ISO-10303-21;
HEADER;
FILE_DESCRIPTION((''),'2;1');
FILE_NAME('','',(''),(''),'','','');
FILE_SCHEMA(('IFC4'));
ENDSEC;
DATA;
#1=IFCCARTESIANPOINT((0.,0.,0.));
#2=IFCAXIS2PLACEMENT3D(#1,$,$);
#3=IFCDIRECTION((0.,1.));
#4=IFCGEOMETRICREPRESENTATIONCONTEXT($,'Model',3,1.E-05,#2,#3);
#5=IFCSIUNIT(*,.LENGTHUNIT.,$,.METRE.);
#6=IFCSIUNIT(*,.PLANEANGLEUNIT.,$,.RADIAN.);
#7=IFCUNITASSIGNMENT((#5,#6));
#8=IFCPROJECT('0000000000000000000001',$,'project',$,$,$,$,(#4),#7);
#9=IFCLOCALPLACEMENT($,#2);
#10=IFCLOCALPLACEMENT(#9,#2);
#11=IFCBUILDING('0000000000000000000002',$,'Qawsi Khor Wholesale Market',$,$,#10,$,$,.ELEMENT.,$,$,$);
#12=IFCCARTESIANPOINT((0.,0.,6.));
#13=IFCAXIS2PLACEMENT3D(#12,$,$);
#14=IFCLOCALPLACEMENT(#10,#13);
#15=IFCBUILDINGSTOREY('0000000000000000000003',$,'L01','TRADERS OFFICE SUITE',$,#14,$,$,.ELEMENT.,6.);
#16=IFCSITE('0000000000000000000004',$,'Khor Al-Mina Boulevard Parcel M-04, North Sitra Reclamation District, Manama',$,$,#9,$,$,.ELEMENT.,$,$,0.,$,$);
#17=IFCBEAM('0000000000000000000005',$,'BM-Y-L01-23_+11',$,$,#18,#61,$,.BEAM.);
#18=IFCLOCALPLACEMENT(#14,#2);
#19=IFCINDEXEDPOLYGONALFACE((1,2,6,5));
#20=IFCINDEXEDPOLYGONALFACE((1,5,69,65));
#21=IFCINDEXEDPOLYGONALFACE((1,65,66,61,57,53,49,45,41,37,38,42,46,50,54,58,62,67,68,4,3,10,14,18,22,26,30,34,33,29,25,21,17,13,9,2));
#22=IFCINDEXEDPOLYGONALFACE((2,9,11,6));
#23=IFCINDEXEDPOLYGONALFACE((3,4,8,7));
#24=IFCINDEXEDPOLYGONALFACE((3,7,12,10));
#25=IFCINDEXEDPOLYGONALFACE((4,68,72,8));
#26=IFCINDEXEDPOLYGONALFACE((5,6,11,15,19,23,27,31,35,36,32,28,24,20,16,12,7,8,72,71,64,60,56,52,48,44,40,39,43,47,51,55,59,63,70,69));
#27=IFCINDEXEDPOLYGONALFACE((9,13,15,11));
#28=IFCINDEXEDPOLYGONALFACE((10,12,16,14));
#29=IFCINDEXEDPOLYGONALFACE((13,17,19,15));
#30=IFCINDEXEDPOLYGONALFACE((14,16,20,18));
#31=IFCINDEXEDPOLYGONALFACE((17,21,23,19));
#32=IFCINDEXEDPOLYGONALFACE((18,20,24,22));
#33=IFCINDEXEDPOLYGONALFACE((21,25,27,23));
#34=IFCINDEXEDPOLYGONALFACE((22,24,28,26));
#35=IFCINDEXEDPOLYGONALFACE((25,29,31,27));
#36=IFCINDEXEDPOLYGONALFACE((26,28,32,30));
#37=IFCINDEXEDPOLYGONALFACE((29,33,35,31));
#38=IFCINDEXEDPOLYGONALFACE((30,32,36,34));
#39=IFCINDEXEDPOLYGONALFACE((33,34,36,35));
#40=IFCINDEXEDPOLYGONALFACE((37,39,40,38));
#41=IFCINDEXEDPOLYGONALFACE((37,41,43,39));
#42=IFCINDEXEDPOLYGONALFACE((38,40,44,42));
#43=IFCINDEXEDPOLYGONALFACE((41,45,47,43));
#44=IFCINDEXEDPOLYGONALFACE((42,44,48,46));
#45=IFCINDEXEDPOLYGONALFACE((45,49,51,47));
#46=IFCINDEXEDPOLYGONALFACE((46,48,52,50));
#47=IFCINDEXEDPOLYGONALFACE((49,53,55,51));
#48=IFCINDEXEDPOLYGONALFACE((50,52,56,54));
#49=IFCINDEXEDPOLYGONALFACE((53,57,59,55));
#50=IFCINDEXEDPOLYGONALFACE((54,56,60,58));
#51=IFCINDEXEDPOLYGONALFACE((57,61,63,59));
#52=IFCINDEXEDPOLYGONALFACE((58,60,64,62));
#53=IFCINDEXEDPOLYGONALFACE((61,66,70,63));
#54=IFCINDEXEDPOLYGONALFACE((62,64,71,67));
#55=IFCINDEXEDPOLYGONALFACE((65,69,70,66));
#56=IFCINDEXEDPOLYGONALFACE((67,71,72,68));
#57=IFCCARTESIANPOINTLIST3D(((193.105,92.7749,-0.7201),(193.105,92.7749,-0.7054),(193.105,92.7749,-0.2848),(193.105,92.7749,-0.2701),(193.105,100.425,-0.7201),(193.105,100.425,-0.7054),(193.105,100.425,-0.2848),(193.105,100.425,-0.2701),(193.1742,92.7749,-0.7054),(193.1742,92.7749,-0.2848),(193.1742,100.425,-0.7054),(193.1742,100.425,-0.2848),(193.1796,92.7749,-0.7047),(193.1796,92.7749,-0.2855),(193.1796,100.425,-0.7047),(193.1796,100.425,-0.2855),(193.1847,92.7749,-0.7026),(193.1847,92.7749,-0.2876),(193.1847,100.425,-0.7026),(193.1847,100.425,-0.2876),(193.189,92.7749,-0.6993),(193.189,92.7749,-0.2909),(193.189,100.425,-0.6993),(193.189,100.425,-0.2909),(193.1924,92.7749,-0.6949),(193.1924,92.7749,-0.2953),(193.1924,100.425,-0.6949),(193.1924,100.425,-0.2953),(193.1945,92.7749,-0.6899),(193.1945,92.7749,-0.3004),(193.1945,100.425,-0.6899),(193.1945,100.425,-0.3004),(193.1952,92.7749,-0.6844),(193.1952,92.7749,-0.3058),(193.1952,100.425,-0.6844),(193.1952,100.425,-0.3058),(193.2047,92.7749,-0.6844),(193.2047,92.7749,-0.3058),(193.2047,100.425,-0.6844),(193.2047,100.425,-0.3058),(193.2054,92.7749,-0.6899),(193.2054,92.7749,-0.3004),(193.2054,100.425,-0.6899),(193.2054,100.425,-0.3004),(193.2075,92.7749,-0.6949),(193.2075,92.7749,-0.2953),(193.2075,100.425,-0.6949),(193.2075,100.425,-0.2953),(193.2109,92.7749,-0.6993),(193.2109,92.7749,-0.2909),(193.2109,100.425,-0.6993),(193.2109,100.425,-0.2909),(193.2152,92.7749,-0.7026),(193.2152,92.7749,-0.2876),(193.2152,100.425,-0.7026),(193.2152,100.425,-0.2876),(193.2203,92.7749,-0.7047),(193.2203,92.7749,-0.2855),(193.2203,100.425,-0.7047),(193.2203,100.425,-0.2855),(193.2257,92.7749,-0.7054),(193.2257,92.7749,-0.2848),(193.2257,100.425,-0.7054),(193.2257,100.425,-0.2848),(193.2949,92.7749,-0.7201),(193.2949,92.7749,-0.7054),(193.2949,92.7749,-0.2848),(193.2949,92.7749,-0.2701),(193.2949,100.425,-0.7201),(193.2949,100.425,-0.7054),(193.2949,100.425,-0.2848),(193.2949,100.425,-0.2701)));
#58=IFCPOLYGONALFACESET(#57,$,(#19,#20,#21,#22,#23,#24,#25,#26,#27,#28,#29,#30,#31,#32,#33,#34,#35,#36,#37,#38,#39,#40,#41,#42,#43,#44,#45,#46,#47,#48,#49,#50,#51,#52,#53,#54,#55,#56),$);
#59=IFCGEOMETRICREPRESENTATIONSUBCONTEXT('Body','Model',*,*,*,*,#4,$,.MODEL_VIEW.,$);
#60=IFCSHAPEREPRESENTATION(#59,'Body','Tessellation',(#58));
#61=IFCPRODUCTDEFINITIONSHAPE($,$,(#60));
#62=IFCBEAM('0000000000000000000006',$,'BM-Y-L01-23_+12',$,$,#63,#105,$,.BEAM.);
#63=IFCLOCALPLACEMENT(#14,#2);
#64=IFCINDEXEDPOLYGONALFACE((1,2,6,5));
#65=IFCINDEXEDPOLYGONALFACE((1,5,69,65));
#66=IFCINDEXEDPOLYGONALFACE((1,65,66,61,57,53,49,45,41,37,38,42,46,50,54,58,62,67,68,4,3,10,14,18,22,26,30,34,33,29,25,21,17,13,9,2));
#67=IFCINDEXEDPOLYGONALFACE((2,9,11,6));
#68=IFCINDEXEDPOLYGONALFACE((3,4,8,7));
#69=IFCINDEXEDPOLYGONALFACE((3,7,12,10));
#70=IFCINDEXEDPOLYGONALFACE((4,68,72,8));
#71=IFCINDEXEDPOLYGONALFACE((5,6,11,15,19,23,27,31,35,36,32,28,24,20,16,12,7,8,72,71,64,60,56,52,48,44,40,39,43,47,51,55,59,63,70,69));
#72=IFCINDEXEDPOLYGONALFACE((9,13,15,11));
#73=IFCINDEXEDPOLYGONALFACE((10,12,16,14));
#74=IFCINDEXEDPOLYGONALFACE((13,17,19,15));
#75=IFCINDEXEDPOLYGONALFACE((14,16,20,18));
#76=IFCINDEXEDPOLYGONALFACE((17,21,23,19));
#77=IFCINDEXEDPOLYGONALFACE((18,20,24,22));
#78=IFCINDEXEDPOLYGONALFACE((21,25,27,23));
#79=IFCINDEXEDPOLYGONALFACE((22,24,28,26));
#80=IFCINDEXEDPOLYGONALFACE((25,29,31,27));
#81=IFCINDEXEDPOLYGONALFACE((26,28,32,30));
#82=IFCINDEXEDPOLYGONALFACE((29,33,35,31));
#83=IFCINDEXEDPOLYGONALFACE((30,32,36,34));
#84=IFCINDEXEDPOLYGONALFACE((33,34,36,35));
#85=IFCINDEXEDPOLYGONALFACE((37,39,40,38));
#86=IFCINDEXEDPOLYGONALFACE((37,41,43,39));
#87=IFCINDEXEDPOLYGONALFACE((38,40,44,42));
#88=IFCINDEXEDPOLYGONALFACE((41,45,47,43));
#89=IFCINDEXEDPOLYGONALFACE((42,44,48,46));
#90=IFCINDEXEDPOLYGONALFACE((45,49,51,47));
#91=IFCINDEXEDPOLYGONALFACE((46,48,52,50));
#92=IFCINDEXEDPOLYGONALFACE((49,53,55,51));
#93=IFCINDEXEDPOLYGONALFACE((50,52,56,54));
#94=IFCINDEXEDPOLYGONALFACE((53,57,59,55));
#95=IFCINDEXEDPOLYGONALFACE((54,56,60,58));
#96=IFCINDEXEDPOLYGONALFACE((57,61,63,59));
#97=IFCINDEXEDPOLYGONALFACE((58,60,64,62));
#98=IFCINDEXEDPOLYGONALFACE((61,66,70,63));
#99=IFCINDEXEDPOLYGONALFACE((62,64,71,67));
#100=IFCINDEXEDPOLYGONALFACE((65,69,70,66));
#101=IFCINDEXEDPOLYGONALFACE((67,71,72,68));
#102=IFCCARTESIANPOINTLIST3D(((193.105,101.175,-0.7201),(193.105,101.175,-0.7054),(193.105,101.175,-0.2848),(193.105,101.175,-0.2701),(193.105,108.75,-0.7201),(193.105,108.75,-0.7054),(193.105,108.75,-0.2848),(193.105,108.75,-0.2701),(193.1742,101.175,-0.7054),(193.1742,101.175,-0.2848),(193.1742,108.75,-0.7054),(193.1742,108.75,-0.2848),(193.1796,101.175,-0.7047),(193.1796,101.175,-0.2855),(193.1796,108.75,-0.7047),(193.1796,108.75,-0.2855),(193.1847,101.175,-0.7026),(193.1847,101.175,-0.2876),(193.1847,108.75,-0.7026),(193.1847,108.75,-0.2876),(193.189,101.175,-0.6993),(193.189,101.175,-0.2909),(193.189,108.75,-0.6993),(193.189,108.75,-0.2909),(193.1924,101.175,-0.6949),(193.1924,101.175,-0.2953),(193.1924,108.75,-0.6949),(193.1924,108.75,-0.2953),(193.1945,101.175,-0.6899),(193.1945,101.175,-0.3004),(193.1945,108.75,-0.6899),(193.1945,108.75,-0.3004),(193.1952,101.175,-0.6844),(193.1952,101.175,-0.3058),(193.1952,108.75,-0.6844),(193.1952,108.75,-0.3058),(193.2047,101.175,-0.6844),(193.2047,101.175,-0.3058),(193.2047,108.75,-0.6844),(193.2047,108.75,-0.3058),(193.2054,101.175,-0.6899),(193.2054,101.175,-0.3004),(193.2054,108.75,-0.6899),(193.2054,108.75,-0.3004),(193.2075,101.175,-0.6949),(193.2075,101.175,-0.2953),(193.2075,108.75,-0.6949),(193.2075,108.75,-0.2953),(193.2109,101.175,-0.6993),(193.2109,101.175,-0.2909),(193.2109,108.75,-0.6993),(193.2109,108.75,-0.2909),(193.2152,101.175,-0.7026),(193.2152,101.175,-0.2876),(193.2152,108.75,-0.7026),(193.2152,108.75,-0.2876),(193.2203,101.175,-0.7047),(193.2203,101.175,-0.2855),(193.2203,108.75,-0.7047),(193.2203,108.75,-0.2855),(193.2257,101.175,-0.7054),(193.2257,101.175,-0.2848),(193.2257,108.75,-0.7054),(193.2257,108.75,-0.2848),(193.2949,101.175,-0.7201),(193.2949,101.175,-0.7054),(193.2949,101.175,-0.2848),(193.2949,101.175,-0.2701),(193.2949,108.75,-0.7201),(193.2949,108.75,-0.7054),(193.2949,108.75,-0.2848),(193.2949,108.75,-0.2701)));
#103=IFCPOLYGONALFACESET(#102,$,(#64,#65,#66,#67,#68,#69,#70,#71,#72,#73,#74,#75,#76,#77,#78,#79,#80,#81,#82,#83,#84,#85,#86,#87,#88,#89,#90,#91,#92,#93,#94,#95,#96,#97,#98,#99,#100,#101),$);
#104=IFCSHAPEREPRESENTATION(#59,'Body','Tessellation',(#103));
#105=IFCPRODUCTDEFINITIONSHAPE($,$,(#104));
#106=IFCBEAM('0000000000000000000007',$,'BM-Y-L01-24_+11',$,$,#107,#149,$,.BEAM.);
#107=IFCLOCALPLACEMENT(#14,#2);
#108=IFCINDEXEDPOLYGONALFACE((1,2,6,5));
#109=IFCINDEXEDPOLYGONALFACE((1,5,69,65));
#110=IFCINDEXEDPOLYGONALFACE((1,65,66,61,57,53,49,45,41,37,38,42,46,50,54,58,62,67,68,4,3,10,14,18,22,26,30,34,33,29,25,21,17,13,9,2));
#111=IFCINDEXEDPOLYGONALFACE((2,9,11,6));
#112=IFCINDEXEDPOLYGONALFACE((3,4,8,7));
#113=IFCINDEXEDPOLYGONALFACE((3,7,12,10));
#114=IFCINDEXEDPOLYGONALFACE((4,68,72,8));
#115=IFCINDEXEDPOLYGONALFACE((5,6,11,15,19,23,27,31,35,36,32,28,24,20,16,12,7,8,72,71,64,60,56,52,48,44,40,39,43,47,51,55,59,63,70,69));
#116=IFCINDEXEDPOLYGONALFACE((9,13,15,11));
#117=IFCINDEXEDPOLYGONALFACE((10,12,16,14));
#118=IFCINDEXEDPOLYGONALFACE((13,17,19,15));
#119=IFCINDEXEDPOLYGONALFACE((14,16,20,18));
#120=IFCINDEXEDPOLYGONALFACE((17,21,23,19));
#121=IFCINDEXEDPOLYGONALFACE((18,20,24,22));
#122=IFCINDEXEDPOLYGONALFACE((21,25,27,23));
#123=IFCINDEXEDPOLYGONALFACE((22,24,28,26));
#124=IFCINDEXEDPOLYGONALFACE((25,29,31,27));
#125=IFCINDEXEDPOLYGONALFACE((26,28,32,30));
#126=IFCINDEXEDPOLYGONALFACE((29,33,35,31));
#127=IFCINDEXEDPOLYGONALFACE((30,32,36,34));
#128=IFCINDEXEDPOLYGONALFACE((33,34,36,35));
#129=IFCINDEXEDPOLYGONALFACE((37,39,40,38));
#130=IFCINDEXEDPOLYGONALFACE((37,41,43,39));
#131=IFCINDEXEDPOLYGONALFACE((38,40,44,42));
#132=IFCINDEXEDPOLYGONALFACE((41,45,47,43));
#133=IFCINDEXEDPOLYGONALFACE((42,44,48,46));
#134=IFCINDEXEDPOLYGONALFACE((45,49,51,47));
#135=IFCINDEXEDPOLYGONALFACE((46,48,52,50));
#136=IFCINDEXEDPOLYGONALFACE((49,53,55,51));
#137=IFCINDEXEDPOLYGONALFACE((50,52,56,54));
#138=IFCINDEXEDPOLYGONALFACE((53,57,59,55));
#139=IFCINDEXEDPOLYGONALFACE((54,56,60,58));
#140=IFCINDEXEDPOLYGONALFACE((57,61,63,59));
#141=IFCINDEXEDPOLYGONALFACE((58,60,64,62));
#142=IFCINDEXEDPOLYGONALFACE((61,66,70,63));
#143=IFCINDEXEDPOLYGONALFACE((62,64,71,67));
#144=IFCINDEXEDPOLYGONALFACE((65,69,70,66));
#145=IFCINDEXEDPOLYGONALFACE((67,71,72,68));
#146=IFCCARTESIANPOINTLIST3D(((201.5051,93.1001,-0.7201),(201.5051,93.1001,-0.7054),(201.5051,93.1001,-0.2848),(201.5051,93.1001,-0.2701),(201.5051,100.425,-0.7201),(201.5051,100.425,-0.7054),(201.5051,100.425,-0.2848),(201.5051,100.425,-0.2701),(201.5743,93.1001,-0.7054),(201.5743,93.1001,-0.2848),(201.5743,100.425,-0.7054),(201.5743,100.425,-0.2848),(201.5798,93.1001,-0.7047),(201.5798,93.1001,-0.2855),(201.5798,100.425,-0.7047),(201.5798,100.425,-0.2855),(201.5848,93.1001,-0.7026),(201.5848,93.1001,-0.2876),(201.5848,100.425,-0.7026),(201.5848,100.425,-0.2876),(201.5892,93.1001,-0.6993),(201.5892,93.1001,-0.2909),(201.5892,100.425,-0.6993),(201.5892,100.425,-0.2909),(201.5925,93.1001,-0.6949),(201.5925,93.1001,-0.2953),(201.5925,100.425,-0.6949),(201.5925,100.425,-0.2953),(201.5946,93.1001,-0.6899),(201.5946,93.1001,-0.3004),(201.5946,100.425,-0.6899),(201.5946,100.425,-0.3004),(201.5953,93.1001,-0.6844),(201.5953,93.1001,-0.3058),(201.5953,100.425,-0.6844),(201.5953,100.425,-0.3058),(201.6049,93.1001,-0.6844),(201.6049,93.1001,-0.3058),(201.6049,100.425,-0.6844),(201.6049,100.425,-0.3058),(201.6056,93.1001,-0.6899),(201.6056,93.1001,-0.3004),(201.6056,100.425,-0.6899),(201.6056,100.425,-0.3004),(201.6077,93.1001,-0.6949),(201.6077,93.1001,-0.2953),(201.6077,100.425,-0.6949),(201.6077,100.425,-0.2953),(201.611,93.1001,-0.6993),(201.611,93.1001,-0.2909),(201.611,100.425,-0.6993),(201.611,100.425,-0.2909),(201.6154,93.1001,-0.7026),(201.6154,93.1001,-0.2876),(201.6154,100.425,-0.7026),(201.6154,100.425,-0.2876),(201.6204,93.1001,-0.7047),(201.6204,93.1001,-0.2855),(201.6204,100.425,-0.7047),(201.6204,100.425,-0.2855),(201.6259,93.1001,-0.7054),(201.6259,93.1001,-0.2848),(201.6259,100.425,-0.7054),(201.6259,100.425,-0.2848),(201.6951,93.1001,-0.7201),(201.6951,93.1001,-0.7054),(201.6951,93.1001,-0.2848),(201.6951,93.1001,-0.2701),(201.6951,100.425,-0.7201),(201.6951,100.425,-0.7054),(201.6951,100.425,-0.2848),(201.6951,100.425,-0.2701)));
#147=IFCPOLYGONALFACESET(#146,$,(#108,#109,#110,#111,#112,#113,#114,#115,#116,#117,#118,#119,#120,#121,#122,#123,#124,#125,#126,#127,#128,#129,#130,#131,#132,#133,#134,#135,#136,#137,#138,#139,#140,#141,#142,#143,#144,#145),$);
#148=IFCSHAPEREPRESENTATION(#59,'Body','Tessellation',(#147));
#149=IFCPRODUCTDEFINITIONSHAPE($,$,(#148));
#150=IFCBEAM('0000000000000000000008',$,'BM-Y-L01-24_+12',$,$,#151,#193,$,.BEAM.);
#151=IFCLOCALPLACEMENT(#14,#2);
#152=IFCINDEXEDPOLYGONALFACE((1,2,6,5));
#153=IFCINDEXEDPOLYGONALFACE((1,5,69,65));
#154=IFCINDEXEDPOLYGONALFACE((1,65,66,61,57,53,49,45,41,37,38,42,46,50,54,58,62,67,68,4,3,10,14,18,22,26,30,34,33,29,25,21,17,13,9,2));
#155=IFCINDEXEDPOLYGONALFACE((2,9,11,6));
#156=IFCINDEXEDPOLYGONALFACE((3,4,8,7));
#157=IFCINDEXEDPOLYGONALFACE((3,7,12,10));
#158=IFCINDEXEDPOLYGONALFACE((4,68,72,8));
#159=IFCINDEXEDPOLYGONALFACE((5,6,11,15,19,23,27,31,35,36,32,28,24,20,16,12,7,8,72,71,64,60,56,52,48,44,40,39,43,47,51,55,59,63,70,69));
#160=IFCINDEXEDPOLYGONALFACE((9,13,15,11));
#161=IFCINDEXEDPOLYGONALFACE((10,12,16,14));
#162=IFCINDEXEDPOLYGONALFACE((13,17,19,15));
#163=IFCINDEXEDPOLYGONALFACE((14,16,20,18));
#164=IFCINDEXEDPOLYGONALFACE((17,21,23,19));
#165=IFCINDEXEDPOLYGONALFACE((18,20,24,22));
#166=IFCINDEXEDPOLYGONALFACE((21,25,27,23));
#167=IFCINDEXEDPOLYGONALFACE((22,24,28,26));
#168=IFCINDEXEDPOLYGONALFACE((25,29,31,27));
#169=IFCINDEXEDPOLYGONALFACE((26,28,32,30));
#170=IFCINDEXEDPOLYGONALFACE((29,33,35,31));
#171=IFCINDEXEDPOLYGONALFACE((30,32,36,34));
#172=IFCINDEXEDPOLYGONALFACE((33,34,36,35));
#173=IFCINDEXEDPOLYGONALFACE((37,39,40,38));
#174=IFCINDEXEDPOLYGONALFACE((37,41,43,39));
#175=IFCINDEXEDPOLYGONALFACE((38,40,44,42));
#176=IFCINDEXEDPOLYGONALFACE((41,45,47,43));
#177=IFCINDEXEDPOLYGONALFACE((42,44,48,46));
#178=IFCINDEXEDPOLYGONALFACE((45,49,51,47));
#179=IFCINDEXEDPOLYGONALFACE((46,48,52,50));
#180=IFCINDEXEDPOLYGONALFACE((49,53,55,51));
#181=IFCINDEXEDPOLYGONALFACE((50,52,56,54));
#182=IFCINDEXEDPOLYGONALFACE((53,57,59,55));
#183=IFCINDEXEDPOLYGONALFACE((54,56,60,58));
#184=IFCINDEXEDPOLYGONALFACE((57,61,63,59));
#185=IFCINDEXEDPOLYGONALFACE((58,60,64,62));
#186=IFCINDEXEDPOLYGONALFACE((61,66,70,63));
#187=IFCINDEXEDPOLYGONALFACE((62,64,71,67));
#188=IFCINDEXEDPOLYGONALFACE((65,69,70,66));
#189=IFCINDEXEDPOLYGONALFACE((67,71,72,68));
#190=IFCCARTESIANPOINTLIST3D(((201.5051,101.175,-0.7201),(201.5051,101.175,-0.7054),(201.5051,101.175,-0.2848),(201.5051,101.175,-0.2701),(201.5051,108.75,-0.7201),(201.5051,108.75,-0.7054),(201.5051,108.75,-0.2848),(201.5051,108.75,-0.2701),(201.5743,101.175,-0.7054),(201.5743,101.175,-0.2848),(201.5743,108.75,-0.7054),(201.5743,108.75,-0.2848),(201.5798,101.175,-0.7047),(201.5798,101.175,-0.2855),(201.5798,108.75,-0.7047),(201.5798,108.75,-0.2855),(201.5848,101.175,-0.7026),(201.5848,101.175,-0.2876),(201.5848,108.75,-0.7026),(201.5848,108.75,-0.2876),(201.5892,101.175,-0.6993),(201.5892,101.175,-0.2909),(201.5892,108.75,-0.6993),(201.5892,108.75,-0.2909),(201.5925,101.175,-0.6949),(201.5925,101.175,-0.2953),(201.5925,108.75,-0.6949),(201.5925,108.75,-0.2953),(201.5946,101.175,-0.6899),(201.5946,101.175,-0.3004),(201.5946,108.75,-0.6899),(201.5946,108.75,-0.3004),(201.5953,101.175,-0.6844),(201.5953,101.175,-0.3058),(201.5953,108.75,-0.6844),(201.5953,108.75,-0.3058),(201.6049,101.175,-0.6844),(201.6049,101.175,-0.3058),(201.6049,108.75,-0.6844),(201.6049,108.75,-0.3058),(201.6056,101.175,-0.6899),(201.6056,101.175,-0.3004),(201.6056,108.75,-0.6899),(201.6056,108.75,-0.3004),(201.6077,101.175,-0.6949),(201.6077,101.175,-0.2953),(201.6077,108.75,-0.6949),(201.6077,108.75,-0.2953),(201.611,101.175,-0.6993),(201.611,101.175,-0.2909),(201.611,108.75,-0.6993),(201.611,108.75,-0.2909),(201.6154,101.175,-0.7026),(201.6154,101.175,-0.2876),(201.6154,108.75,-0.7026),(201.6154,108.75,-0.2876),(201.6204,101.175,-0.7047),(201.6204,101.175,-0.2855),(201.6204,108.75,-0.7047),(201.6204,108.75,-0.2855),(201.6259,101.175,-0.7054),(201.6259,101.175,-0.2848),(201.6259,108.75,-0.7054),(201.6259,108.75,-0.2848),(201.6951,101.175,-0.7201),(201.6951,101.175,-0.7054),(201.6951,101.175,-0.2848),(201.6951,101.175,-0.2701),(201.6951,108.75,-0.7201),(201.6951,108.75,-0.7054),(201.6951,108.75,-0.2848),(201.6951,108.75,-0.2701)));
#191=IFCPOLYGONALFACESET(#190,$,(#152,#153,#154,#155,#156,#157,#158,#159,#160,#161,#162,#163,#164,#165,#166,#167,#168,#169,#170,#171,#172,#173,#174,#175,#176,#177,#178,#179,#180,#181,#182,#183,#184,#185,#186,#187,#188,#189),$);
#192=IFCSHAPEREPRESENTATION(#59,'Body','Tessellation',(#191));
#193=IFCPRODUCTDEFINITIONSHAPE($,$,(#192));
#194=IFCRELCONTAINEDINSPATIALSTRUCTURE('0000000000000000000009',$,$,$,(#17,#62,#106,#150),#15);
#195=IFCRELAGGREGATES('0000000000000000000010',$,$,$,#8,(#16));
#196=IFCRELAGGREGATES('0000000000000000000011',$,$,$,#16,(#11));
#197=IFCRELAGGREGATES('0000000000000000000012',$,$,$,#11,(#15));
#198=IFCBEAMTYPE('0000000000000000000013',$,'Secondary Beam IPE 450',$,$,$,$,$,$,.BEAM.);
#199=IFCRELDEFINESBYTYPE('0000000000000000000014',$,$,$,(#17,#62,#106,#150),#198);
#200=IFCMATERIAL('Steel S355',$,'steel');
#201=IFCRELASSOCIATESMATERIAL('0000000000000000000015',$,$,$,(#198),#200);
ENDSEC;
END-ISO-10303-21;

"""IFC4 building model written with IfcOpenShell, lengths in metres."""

from ifc_helpers import new_model, si_unit, direction, frame, origin, origin_2d, place, context, subcontext, project, spatial, i_section, extrude, material, material_profile, profile_set, type_object, element, save


model = new_model("IFC4")

# Units and contexts
model_context = context("Model", 3, precision=1e-05, world=origin(), true_north=direction((0.0, 1.0)))
body_context = subcontext(model_context, "Body", "Model", "MODEL_VIEW")
ifc_project = project(units=[si_unit("LENGTHUNIT", "METRE"), si_unit("PLANEANGLEUNIT", "RADIAN")], contexts=[model_context])

# Site, building, storey
site_placement = place(None, origin())
site = spatial("IfcSite", under=ifc_project, at=site_placement, Name="Khor Al-Mina Boulevard Parcel M-04, North Sitra Reclamation District, Manama", CompositionType="ELEMENT", RefElevation=0.0)
building_placement = place(site_placement, origin())
building = spatial("IfcBuilding", under=site, at=building_placement, Name="Qawsi Khor Wholesale Market", CompositionType="ELEMENT")
storey_placement = place(building_placement, frame((0.0, 0.0, 6.0)))
storey = spatial("IfcBuildingStorey", under=building, at=storey_placement, Name="L01", Description="TRADERS OFFICE SUITE", CompositionType="ELEMENT", Elevation=6.0)

# Beams
ifc_material_1 = material(Name="Steel S355", Category="steel")
ifc_material_profile_1 = material_profile(ifc_material_1, i_section(OverallWidth=0.1899, OverallDepth=0.45, WebThickness=0.0095, FlangeThickness=0.0146, FilletRadius=0.021, at=origin_2d()), Name="IPE 450")
ifc_profile_set_1 = profile_set([ifc_material_profile_1], Name="Steel S355")
beam_type_1 = type_object("IfcBeamType", Name="Secondary Beam IPE 450", PredefinedType="BEAM", material=ifc_profile_set_1)
beam_1_placement = place(storey_placement, frame((193.2, 92.7749, -0.4951), z_axis=(0.0, 1.0, 0.0), x_axis=(-1.0, 0.0, 0.0)))
element("IfcBeam", 1, at=beam_1_placement, inside=storey, type_object=beam_type_1, Name="BM-Y-L01-23_+11", PredefinedType="BEAM", context=body_context, shape_type="SweptSolid", body=[
    extrude(i_section(OverallWidth=0.1899, OverallDepth=0.45, WebThickness=0.0095, FlangeThickness=0.0146, FilletRadius=0.021, at=origin_2d()), origin(), (0.0, 0.0, 1.0), 7.6501),
])
beam_2_placement = place(storey_placement, frame((193.2, 101.175, -0.4951), z_axis=(0.0, 1.0, 0.0), x_axis=(-1.0, 0.0, 0.0)))
element("IfcBeam", 2, at=beam_2_placement, inside=storey, type_object=beam_type_1, Name="BM-Y-L01-23_+12", PredefinedType="BEAM", context=body_context, shape_type="SweptSolid", body=[
    extrude(i_section(OverallWidth=0.1899, OverallDepth=0.45, WebThickness=0.0095, FlangeThickness=0.0146, FilletRadius=0.021, at=origin_2d()), origin(), (0.0, 0.0, 1.0), 7.575),
])
beam_3_placement = place(storey_placement, frame((201.6001, 93.1001, -0.4951), z_axis=(0.0, 1.0, 0.0), x_axis=(-1.0, 0.0, 0.0)))
element("IfcBeam", 3, at=beam_3_placement, inside=storey, type_object=beam_type_1, Name="BM-Y-L01-24_+11", PredefinedType="BEAM", context=body_context, shape_type="SweptSolid", body=[
    extrude(i_section(OverallWidth=0.1899, OverallDepth=0.45, WebThickness=0.0095, FlangeThickness=0.0146, FilletRadius=0.021, at=origin_2d()), origin(), (0.0, 0.0, 1.0), 7.325),
])
beam_4_placement = place(storey_placement, frame((201.6001, 101.175, -0.4951), z_axis=(0.0, 1.0, 0.0), x_axis=(-1.0, 0.0, 0.0)))
element("IfcBeam", 4, at=beam_4_placement, inside=storey, type_object=beam_type_1, Name="BM-Y-L01-24_+12", PredefinedType="BEAM", context=body_context, shape_type="SweptSolid", body=[
    extrude(i_section(OverallWidth=0.1899, OverallDepth=0.45, WebThickness=0.0095, FlangeThickness=0.0146, FilletRadius=0.021, at=origin_2d()), origin(), (0.0, 0.0, 1.0), 7.575),
])

save(model, "model.ifc")
